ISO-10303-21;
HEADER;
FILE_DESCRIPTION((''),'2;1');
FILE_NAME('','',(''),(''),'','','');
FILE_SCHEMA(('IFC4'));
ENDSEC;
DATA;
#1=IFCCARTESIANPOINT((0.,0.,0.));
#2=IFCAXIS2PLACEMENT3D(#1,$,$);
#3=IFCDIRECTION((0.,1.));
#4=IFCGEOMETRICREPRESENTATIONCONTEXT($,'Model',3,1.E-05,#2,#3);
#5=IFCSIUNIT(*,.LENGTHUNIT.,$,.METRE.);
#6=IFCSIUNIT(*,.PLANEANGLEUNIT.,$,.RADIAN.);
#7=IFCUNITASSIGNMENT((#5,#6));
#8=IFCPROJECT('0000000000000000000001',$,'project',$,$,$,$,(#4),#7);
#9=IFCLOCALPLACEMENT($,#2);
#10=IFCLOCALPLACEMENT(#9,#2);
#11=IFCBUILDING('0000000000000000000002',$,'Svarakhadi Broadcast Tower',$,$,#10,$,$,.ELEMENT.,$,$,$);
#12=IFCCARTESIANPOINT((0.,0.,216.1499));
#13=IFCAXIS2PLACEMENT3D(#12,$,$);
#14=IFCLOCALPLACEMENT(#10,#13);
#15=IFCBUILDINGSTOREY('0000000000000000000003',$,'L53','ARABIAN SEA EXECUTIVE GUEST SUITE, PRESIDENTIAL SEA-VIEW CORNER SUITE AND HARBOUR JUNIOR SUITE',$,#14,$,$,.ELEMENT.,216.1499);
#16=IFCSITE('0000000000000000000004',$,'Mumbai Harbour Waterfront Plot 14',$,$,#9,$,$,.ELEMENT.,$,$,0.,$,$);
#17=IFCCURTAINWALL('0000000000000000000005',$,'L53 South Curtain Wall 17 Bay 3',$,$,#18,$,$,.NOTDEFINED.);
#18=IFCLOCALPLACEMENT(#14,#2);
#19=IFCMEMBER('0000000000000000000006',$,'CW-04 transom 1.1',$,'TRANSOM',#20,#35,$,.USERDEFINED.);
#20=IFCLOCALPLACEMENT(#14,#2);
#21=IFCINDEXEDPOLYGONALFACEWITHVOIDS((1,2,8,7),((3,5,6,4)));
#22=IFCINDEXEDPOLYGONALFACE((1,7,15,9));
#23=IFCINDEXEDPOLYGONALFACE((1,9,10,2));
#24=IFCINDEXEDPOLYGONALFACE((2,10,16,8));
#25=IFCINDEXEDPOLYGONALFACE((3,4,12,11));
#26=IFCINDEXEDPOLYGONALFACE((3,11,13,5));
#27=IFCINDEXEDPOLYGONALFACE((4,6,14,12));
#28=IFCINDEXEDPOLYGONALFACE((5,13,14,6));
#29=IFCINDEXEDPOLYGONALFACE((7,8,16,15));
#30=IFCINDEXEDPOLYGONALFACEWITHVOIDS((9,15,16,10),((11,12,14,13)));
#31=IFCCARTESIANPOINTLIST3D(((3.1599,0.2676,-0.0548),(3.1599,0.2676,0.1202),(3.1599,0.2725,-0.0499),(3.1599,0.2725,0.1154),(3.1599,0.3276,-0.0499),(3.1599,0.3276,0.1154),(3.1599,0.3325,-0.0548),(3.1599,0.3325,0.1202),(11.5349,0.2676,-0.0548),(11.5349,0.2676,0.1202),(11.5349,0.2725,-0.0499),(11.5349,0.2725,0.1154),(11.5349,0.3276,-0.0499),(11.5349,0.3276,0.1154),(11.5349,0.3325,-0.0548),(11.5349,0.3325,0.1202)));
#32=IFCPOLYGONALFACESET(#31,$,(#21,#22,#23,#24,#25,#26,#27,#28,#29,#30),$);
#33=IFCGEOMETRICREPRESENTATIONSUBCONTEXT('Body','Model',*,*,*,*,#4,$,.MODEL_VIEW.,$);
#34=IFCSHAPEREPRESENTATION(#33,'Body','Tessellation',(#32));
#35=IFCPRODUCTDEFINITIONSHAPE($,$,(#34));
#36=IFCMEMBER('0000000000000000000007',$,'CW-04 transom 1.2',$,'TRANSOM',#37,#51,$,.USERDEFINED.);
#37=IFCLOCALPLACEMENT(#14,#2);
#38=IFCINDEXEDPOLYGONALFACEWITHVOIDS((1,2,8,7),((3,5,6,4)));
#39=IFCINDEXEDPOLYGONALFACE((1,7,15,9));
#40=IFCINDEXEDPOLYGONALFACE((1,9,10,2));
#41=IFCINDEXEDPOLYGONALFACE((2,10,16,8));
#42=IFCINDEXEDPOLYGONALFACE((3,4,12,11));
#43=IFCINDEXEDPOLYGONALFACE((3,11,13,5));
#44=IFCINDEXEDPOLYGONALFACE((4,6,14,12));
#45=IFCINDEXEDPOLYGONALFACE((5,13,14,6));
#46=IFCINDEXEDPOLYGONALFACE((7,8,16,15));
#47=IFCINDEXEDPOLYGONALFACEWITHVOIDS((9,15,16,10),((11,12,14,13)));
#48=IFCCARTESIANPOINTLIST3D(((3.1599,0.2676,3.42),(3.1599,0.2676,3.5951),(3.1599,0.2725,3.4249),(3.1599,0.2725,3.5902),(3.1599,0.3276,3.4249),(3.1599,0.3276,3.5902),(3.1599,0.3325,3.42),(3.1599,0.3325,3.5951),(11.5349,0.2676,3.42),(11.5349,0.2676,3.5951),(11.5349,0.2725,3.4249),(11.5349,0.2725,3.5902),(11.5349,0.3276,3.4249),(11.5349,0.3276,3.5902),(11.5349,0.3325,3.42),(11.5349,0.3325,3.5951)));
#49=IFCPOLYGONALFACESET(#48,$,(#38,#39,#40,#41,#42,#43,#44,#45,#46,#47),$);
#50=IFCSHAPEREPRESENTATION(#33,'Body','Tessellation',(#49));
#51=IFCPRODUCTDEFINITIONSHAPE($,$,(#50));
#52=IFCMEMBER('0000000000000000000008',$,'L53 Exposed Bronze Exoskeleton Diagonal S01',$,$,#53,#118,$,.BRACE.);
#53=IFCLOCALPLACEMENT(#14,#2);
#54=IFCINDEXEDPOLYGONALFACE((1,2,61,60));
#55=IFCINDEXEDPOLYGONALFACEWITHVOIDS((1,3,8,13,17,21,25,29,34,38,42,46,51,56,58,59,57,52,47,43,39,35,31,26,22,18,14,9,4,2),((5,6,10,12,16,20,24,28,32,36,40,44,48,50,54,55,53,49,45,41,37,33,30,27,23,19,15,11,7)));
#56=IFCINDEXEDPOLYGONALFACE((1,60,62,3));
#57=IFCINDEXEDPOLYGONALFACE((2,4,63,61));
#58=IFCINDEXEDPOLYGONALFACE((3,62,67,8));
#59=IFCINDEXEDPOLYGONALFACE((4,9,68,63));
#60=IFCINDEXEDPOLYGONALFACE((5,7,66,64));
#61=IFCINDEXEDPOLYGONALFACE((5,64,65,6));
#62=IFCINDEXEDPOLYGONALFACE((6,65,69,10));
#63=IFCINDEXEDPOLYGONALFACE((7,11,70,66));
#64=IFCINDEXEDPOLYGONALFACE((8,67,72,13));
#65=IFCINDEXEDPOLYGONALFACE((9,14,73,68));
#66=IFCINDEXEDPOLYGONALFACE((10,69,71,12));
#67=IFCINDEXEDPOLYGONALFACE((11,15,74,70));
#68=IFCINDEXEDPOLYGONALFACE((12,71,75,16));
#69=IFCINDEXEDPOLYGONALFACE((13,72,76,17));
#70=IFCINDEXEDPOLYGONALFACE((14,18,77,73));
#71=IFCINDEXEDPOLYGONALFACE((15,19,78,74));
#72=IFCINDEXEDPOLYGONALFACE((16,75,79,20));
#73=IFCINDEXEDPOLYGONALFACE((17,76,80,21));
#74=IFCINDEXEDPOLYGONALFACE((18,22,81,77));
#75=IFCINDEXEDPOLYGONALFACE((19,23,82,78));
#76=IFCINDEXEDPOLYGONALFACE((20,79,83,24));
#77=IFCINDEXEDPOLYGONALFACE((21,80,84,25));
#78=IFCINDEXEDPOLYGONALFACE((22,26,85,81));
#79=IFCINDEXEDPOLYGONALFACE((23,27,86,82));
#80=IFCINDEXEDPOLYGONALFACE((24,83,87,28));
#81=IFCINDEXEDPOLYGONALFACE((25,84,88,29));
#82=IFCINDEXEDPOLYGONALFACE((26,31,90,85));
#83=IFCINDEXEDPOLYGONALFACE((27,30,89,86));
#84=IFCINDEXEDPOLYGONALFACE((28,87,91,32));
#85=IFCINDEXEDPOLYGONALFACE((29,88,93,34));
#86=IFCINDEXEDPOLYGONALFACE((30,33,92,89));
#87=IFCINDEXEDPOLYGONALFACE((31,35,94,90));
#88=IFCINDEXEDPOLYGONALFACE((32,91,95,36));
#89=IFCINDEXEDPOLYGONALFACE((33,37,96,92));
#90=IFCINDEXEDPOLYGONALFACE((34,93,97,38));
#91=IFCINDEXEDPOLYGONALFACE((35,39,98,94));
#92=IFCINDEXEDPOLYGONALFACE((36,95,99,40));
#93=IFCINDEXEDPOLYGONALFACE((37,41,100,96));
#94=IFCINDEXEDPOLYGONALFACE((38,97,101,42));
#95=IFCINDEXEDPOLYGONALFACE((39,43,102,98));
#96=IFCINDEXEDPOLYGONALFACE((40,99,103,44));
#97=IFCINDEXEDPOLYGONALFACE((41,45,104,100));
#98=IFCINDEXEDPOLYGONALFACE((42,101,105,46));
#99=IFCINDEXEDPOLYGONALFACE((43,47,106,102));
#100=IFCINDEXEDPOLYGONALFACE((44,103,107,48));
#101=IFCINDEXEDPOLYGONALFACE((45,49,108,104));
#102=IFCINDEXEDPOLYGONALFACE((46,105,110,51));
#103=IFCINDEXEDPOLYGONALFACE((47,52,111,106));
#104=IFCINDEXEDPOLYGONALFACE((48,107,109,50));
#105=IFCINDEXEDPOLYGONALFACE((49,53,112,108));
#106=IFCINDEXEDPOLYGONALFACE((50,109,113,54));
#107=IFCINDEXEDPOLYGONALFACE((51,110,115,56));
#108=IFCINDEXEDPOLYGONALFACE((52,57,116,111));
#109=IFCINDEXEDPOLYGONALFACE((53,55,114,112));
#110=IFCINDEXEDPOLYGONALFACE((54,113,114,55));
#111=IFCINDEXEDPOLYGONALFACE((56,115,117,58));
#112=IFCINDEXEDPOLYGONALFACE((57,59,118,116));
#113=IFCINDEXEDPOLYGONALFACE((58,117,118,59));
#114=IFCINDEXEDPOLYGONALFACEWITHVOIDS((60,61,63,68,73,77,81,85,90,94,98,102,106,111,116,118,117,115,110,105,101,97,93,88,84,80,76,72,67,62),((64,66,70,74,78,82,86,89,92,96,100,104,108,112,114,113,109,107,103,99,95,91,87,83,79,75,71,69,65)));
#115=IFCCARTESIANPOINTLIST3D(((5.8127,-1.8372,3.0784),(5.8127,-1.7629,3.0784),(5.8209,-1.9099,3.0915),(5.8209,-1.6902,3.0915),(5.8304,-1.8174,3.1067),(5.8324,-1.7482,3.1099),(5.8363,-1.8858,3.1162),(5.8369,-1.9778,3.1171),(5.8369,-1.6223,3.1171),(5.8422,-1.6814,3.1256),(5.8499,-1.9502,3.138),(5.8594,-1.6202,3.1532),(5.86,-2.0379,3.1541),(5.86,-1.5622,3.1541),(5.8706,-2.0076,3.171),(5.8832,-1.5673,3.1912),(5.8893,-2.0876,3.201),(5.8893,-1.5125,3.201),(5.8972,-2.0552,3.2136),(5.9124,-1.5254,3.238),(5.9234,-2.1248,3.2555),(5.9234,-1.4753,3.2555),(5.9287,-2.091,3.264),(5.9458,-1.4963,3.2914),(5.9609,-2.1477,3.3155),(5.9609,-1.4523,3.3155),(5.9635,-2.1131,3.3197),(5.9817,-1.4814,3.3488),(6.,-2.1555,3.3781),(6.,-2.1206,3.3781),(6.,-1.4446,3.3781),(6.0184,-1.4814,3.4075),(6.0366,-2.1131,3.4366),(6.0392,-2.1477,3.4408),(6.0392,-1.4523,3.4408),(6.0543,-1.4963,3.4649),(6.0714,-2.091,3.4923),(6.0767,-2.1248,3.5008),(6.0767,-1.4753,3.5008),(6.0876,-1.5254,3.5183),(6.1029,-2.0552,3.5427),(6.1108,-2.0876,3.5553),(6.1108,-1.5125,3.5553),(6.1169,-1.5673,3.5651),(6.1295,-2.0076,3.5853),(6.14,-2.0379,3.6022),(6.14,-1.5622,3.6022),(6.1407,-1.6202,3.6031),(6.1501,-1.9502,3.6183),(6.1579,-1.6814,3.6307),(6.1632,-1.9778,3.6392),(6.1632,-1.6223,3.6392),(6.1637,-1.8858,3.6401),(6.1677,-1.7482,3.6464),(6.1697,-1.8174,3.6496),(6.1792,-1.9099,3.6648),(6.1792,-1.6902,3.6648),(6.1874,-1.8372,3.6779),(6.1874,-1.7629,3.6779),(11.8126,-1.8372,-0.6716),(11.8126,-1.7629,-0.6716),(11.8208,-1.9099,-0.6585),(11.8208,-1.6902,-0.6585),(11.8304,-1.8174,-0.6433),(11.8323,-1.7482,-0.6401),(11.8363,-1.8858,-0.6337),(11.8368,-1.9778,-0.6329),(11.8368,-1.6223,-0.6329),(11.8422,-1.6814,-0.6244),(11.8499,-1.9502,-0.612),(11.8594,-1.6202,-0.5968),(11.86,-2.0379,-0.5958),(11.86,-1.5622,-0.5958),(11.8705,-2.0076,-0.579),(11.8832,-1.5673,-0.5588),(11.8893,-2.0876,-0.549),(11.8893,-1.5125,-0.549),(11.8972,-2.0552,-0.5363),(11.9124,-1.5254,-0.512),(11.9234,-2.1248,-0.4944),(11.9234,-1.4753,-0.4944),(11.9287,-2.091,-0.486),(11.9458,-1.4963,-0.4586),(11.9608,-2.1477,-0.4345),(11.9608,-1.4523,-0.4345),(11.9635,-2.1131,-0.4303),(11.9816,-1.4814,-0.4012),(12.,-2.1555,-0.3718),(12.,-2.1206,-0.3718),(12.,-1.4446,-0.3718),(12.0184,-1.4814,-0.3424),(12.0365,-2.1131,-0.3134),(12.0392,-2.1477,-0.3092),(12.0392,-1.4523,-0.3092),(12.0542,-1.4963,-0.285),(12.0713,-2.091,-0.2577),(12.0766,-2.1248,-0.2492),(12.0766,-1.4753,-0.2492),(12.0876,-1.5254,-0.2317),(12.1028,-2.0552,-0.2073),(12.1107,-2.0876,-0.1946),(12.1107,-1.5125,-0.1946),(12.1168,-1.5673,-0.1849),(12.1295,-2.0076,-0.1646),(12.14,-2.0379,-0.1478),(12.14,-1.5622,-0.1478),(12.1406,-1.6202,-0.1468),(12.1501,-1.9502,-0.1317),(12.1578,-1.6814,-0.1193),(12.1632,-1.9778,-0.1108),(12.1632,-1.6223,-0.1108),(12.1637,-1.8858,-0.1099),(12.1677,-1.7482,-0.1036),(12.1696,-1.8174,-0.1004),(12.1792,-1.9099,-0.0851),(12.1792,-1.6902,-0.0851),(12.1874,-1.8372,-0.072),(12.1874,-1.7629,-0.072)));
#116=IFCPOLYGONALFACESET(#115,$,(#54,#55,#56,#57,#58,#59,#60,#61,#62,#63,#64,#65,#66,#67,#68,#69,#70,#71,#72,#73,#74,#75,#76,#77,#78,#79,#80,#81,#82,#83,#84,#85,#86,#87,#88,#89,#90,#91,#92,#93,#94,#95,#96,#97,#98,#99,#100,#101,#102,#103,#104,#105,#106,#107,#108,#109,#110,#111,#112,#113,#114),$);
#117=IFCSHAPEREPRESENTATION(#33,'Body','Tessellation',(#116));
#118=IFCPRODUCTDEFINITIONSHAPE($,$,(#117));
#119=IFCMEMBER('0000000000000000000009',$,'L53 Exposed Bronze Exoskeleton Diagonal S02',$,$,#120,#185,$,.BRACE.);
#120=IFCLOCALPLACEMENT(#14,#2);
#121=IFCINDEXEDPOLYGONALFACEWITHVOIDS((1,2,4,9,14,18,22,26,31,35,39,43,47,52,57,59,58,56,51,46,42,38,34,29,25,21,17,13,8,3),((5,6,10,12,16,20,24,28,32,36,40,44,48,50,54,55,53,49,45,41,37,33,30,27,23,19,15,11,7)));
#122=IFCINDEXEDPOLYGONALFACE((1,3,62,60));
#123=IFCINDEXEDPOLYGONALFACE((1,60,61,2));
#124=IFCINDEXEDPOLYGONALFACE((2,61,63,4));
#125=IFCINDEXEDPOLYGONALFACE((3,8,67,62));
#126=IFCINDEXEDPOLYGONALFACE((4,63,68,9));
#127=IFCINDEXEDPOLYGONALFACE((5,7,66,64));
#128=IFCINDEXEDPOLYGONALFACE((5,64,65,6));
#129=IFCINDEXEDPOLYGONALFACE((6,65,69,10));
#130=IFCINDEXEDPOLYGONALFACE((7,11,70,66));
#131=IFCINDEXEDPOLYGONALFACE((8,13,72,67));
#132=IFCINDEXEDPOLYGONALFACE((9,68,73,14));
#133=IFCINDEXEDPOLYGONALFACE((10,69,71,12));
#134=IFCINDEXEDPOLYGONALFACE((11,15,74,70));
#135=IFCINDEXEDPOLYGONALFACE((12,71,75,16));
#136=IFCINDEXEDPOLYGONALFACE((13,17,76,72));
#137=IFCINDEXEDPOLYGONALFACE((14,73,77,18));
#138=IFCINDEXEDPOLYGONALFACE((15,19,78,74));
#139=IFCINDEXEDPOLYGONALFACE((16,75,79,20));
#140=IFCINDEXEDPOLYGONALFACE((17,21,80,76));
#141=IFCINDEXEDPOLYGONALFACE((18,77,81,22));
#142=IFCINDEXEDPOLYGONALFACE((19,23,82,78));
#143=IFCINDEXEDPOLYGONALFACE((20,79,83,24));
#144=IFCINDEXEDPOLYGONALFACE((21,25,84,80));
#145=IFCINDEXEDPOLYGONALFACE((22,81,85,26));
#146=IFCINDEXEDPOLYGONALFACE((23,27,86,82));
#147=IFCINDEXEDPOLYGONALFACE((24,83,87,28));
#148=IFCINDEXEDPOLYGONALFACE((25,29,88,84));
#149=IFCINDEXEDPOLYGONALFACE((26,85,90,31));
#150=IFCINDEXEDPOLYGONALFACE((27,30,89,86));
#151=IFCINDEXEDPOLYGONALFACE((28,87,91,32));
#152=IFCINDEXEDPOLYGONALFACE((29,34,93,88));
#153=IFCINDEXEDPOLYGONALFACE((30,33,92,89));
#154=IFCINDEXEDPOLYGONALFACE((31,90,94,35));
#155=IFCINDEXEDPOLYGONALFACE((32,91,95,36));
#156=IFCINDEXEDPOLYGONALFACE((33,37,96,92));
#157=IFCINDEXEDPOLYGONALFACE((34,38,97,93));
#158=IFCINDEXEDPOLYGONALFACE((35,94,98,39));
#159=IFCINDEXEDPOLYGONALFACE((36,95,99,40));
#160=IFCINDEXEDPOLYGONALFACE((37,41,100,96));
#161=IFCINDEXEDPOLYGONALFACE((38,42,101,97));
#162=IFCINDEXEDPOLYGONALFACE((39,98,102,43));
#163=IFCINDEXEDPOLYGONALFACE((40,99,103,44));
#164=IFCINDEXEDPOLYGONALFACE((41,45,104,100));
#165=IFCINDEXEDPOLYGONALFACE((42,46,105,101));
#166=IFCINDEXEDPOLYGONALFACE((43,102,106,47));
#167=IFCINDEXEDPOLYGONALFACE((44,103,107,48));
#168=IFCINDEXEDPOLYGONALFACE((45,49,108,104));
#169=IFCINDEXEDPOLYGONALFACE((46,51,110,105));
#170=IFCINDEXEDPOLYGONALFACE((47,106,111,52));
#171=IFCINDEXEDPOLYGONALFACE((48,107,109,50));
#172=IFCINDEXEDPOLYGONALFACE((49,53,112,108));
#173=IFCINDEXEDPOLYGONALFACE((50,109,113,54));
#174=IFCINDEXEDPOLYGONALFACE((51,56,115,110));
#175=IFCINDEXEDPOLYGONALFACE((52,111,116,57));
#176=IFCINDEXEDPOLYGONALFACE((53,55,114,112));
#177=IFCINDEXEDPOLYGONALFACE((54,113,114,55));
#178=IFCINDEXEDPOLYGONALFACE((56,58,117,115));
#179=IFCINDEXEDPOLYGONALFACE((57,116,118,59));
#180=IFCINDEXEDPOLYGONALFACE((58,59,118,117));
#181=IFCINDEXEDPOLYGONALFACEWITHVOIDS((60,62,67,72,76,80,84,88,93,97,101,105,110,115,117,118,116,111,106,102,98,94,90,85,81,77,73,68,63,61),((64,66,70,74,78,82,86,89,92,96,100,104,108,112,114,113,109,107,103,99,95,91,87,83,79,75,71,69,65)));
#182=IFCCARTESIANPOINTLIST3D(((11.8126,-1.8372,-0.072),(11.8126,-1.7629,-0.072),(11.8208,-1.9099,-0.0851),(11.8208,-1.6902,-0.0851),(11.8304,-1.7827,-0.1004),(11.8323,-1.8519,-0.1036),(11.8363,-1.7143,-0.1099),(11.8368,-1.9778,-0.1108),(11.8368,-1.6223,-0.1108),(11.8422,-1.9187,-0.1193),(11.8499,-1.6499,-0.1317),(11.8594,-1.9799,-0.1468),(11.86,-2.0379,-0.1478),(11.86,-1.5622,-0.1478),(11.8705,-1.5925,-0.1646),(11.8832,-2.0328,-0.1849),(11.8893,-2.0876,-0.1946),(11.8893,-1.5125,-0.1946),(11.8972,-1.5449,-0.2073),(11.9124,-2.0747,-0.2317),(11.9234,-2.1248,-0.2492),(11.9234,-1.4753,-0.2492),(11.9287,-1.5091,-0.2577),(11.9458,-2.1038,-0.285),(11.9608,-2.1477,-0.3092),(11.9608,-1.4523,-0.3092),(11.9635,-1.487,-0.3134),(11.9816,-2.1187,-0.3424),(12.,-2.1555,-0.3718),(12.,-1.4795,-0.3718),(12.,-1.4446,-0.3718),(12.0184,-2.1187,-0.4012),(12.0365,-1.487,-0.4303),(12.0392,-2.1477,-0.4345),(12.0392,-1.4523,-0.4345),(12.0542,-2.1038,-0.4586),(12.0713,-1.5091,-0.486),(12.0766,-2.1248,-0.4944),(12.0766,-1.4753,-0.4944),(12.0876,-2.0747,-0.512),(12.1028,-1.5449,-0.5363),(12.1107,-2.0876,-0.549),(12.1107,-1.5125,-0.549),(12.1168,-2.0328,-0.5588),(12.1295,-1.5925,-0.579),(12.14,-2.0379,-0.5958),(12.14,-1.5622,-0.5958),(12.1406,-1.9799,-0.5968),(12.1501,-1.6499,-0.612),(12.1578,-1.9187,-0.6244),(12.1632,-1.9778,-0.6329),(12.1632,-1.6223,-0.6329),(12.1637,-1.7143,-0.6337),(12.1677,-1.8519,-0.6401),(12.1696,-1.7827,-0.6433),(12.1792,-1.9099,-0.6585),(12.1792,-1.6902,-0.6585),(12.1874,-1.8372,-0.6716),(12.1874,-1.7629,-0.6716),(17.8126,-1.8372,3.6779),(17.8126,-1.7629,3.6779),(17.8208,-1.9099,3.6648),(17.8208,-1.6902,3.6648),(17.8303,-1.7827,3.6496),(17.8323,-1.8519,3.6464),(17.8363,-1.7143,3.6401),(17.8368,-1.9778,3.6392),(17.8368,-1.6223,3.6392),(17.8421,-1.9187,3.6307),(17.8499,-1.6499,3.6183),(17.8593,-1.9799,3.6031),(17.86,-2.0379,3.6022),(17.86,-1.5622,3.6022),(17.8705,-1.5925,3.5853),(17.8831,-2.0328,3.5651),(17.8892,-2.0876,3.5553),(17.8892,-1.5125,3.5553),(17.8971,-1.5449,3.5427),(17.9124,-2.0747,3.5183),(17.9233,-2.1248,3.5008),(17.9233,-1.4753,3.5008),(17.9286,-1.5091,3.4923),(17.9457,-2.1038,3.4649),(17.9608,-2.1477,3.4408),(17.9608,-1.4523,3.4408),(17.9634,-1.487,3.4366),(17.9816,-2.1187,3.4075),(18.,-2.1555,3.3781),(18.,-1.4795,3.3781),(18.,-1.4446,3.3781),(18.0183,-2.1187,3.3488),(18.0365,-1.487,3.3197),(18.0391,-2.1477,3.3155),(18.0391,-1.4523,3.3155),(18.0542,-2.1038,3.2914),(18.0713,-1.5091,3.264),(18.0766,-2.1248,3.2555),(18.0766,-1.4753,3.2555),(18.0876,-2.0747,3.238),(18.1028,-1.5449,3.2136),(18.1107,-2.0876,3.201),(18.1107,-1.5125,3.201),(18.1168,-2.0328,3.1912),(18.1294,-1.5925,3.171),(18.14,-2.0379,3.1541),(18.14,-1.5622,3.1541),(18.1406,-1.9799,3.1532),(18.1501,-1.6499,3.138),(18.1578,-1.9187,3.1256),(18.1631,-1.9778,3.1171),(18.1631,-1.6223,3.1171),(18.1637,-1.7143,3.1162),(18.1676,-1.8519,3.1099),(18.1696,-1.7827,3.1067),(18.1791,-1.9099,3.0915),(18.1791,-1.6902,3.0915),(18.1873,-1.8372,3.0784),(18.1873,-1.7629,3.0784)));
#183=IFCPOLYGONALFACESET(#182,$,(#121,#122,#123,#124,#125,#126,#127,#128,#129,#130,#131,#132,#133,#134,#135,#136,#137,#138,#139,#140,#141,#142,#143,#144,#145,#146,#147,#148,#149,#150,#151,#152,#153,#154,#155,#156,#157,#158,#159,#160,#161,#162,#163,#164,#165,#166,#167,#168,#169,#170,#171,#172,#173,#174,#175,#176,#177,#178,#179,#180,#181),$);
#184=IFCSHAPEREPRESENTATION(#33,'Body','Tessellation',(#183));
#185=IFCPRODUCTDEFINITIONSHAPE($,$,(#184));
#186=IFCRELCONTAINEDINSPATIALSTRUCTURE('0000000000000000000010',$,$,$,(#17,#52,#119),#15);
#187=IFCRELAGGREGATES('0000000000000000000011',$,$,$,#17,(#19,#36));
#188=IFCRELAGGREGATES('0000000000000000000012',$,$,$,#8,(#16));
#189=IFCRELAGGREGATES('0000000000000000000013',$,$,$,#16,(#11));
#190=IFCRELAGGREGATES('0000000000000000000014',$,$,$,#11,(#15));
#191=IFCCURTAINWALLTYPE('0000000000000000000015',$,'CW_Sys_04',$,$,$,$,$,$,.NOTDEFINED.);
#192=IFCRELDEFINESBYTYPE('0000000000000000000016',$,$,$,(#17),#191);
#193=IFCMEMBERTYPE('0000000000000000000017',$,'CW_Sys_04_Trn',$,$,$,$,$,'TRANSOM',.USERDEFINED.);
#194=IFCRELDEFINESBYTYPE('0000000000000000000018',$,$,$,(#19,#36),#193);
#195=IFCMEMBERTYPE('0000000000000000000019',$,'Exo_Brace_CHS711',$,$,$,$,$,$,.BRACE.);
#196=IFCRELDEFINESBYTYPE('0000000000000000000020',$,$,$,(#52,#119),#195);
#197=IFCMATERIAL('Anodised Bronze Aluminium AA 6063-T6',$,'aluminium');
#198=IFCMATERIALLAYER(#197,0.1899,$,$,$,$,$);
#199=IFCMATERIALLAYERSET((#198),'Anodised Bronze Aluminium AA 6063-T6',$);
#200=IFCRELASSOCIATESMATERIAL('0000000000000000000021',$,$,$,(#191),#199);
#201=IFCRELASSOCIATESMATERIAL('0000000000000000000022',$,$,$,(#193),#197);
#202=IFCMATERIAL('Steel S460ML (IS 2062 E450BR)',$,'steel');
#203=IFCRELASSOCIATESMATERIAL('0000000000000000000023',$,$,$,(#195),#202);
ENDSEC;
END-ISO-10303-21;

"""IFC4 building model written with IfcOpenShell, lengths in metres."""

from ifc_helpers import new_model, si_unit, direction, frame, origin, origin_2d, place, context, subcontext, project, spatial, hollow_rectangle, hollow_circle, extrude, material, layer, layer_set, material_profile, profile_set, type_object, element, aggregate, save


model = new_model("IFC4")

# Units and contexts
model_context = context("Model", 3, precision=1e-05, world=origin(), true_north=direction((0.0, 1.0)))
body_context = subcontext(model_context, "Body", "Model", "MODEL_VIEW")
ifc_project = project(units=[si_unit("LENGTHUNIT", "METRE"), si_unit("PLANEANGLEUNIT", "RADIAN")], contexts=[model_context])

# Site, building, storey
site_placement = place(None, origin())
site = spatial("IfcSite", under=ifc_project, at=site_placement, Name="Mumbai Harbour Waterfront Plot 14", CompositionType="ELEMENT", RefElevation=0.0)
building_placement = place(site_placement, origin())
building = spatial("IfcBuilding", under=site, at=building_placement, Name="Svarakhadi Broadcast Tower", CompositionType="ELEMENT")
storey_placement = place(building_placement, frame((0.0, 0.0, 216.1499)))
storey = spatial("IfcBuildingStorey", under=building, at=storey_placement, Name="L53", Description="ARABIAN SEA EXECUTIVE GUEST SUITE, PRESIDENTIAL SEA-VIEW CORNER SUITE AND HARBOUR JUNIOR SUITE", CompositionType="ELEMENT", Elevation=216.1499)

# Shared definitions
ifc_material_1 = material(Name="Steel S460ML (IS 2062 E450BR)", Category="steel")

# Shared definitions
ifc_material_2 = material(Name="Anodised Bronze Aluminium AA 6063-T6", Category="aluminium")
ifc_layer_1 = layer(ifc_material_2, 0.1899)
ifc_layer_set_1 = layer_set([ifc_layer_1], Name="Anodised Bronze Aluminium AA 6063-T6")
curtain_wall_type = type_object("IfcCurtainWallType", Name="CW_Sys_04", PredefinedType="NOTDEFINED", material=ifc_layer_set_1)

# Curtain wall, members
curtain_wall_1_placement = place(storey_placement, origin())
curtain_wall_1 = element("IfcCurtainWall", 1, at=curtain_wall_1_placement, inside=storey, type_object=curtain_wall_type, Name="L53 South Curtain Wall 17 Bay 3", PredefinedType="NOTDEFINED")
ifc_material_profile_1 = material_profile(ifc_material_2, hollow_rectangle(XDim=0.0649, YDim=0.175, WallThickness=0.0049, at=origin_2d()), Name="ALU TRANSOM 175x65x5")
ifc_profile_set_1 = profile_set([ifc_material_profile_1], Name="Anodised Bronze Aluminium AA 6063-T6")
member_type_1 = type_object("IfcMemberType", Name="CW_Sys_04_Trn", ElementType="TRANSOM", PredefinedType="USERDEFINED", material=ifc_profile_set_1)
member_1_placement = place(storey_placement, frame((11.5349, 0.3, 0.0327), z_axis=(-1.0, 0.0, 0.0), x_axis=(0.0, -1.0, 0.0)))
member_1 = element("IfcMember", 2, at=member_1_placement, type_object=member_type_1, Name="CW-04 transom 1.1", ObjectType="TRANSOM", PredefinedType="USERDEFINED", context=body_context, shape_type="SweptSolid", body=[
    extrude(hollow_rectangle(XDim=0.0649, YDim=0.175, WallThickness=0.0049, at=origin_2d()), origin(), (0.0, 0.0, 1.0), 8.375),
])
member_2_placement = place(storey_placement, frame((11.5349, 0.3, 3.5076), z_axis=(-1.0, 0.0, 0.0), x_axis=(0.0, -1.0, 0.0)))
member_2 = element("IfcMember", 3, at=member_2_placement, type_object=member_type_1, Name="CW-04 transom 1.2", ObjectType="TRANSOM", PredefinedType="USERDEFINED", context=body_context, shape_type="SweptSolid", body=[
    extrude(hollow_rectangle(XDim=0.0649, YDim=0.175, WallThickness=0.0049, at=origin_2d()), origin(), (0.0, 0.0, 1.0), 8.375),
])

# Members
ifc_material_profile_2 = material_profile(ifc_material_1, hollow_circle(Radius=0.3555, WallThickness=0.0349, at=origin_2d()), Name="CHS 711x35")
ifc_profile_set_2 = profile_set([ifc_material_profile_2], Name="Steel S460ML (IS 2062 E450BR)")
member_type_2 = type_object("IfcMemberType", Name="Exo_Brace_CHS711", PredefinedType="BRACE", material=ifc_profile_set_2)
for number, where, z_axis, x_axis, name in (
    (4, (12.0, -1.8, -0.3718), (-0.847998, 0.0, 0.529999), (0.0, -1.0, 0.0), "L53 Exposed Bronze Exoskeleton Diagonal S01"),
    (5, (12.0, -1.8, -0.3718), (0.847998, 0.0, 0.529999), (0.0, 1.0, 0.0), "L53 Exposed Bronze Exoskeleton Diagonal S02"),
):
    element("IfcMember", number, at=place(storey_placement, frame(where, z_axis=z_axis, x_axis=x_axis)), inside=storey, type_object=member_type_2, Name=name, PredefinedType="BRACE", context=body_context, shape_type="SweptSolid", body=[
        extrude(hollow_circle(Radius=0.3555, WallThickness=0.0349, at=origin_2d()), origin(), (0.0, 0.0, 1.0), 7.0754),
    ])

aggregate(curtain_wall_1, [member_1, member_2])

save(model, "model.ifc")
